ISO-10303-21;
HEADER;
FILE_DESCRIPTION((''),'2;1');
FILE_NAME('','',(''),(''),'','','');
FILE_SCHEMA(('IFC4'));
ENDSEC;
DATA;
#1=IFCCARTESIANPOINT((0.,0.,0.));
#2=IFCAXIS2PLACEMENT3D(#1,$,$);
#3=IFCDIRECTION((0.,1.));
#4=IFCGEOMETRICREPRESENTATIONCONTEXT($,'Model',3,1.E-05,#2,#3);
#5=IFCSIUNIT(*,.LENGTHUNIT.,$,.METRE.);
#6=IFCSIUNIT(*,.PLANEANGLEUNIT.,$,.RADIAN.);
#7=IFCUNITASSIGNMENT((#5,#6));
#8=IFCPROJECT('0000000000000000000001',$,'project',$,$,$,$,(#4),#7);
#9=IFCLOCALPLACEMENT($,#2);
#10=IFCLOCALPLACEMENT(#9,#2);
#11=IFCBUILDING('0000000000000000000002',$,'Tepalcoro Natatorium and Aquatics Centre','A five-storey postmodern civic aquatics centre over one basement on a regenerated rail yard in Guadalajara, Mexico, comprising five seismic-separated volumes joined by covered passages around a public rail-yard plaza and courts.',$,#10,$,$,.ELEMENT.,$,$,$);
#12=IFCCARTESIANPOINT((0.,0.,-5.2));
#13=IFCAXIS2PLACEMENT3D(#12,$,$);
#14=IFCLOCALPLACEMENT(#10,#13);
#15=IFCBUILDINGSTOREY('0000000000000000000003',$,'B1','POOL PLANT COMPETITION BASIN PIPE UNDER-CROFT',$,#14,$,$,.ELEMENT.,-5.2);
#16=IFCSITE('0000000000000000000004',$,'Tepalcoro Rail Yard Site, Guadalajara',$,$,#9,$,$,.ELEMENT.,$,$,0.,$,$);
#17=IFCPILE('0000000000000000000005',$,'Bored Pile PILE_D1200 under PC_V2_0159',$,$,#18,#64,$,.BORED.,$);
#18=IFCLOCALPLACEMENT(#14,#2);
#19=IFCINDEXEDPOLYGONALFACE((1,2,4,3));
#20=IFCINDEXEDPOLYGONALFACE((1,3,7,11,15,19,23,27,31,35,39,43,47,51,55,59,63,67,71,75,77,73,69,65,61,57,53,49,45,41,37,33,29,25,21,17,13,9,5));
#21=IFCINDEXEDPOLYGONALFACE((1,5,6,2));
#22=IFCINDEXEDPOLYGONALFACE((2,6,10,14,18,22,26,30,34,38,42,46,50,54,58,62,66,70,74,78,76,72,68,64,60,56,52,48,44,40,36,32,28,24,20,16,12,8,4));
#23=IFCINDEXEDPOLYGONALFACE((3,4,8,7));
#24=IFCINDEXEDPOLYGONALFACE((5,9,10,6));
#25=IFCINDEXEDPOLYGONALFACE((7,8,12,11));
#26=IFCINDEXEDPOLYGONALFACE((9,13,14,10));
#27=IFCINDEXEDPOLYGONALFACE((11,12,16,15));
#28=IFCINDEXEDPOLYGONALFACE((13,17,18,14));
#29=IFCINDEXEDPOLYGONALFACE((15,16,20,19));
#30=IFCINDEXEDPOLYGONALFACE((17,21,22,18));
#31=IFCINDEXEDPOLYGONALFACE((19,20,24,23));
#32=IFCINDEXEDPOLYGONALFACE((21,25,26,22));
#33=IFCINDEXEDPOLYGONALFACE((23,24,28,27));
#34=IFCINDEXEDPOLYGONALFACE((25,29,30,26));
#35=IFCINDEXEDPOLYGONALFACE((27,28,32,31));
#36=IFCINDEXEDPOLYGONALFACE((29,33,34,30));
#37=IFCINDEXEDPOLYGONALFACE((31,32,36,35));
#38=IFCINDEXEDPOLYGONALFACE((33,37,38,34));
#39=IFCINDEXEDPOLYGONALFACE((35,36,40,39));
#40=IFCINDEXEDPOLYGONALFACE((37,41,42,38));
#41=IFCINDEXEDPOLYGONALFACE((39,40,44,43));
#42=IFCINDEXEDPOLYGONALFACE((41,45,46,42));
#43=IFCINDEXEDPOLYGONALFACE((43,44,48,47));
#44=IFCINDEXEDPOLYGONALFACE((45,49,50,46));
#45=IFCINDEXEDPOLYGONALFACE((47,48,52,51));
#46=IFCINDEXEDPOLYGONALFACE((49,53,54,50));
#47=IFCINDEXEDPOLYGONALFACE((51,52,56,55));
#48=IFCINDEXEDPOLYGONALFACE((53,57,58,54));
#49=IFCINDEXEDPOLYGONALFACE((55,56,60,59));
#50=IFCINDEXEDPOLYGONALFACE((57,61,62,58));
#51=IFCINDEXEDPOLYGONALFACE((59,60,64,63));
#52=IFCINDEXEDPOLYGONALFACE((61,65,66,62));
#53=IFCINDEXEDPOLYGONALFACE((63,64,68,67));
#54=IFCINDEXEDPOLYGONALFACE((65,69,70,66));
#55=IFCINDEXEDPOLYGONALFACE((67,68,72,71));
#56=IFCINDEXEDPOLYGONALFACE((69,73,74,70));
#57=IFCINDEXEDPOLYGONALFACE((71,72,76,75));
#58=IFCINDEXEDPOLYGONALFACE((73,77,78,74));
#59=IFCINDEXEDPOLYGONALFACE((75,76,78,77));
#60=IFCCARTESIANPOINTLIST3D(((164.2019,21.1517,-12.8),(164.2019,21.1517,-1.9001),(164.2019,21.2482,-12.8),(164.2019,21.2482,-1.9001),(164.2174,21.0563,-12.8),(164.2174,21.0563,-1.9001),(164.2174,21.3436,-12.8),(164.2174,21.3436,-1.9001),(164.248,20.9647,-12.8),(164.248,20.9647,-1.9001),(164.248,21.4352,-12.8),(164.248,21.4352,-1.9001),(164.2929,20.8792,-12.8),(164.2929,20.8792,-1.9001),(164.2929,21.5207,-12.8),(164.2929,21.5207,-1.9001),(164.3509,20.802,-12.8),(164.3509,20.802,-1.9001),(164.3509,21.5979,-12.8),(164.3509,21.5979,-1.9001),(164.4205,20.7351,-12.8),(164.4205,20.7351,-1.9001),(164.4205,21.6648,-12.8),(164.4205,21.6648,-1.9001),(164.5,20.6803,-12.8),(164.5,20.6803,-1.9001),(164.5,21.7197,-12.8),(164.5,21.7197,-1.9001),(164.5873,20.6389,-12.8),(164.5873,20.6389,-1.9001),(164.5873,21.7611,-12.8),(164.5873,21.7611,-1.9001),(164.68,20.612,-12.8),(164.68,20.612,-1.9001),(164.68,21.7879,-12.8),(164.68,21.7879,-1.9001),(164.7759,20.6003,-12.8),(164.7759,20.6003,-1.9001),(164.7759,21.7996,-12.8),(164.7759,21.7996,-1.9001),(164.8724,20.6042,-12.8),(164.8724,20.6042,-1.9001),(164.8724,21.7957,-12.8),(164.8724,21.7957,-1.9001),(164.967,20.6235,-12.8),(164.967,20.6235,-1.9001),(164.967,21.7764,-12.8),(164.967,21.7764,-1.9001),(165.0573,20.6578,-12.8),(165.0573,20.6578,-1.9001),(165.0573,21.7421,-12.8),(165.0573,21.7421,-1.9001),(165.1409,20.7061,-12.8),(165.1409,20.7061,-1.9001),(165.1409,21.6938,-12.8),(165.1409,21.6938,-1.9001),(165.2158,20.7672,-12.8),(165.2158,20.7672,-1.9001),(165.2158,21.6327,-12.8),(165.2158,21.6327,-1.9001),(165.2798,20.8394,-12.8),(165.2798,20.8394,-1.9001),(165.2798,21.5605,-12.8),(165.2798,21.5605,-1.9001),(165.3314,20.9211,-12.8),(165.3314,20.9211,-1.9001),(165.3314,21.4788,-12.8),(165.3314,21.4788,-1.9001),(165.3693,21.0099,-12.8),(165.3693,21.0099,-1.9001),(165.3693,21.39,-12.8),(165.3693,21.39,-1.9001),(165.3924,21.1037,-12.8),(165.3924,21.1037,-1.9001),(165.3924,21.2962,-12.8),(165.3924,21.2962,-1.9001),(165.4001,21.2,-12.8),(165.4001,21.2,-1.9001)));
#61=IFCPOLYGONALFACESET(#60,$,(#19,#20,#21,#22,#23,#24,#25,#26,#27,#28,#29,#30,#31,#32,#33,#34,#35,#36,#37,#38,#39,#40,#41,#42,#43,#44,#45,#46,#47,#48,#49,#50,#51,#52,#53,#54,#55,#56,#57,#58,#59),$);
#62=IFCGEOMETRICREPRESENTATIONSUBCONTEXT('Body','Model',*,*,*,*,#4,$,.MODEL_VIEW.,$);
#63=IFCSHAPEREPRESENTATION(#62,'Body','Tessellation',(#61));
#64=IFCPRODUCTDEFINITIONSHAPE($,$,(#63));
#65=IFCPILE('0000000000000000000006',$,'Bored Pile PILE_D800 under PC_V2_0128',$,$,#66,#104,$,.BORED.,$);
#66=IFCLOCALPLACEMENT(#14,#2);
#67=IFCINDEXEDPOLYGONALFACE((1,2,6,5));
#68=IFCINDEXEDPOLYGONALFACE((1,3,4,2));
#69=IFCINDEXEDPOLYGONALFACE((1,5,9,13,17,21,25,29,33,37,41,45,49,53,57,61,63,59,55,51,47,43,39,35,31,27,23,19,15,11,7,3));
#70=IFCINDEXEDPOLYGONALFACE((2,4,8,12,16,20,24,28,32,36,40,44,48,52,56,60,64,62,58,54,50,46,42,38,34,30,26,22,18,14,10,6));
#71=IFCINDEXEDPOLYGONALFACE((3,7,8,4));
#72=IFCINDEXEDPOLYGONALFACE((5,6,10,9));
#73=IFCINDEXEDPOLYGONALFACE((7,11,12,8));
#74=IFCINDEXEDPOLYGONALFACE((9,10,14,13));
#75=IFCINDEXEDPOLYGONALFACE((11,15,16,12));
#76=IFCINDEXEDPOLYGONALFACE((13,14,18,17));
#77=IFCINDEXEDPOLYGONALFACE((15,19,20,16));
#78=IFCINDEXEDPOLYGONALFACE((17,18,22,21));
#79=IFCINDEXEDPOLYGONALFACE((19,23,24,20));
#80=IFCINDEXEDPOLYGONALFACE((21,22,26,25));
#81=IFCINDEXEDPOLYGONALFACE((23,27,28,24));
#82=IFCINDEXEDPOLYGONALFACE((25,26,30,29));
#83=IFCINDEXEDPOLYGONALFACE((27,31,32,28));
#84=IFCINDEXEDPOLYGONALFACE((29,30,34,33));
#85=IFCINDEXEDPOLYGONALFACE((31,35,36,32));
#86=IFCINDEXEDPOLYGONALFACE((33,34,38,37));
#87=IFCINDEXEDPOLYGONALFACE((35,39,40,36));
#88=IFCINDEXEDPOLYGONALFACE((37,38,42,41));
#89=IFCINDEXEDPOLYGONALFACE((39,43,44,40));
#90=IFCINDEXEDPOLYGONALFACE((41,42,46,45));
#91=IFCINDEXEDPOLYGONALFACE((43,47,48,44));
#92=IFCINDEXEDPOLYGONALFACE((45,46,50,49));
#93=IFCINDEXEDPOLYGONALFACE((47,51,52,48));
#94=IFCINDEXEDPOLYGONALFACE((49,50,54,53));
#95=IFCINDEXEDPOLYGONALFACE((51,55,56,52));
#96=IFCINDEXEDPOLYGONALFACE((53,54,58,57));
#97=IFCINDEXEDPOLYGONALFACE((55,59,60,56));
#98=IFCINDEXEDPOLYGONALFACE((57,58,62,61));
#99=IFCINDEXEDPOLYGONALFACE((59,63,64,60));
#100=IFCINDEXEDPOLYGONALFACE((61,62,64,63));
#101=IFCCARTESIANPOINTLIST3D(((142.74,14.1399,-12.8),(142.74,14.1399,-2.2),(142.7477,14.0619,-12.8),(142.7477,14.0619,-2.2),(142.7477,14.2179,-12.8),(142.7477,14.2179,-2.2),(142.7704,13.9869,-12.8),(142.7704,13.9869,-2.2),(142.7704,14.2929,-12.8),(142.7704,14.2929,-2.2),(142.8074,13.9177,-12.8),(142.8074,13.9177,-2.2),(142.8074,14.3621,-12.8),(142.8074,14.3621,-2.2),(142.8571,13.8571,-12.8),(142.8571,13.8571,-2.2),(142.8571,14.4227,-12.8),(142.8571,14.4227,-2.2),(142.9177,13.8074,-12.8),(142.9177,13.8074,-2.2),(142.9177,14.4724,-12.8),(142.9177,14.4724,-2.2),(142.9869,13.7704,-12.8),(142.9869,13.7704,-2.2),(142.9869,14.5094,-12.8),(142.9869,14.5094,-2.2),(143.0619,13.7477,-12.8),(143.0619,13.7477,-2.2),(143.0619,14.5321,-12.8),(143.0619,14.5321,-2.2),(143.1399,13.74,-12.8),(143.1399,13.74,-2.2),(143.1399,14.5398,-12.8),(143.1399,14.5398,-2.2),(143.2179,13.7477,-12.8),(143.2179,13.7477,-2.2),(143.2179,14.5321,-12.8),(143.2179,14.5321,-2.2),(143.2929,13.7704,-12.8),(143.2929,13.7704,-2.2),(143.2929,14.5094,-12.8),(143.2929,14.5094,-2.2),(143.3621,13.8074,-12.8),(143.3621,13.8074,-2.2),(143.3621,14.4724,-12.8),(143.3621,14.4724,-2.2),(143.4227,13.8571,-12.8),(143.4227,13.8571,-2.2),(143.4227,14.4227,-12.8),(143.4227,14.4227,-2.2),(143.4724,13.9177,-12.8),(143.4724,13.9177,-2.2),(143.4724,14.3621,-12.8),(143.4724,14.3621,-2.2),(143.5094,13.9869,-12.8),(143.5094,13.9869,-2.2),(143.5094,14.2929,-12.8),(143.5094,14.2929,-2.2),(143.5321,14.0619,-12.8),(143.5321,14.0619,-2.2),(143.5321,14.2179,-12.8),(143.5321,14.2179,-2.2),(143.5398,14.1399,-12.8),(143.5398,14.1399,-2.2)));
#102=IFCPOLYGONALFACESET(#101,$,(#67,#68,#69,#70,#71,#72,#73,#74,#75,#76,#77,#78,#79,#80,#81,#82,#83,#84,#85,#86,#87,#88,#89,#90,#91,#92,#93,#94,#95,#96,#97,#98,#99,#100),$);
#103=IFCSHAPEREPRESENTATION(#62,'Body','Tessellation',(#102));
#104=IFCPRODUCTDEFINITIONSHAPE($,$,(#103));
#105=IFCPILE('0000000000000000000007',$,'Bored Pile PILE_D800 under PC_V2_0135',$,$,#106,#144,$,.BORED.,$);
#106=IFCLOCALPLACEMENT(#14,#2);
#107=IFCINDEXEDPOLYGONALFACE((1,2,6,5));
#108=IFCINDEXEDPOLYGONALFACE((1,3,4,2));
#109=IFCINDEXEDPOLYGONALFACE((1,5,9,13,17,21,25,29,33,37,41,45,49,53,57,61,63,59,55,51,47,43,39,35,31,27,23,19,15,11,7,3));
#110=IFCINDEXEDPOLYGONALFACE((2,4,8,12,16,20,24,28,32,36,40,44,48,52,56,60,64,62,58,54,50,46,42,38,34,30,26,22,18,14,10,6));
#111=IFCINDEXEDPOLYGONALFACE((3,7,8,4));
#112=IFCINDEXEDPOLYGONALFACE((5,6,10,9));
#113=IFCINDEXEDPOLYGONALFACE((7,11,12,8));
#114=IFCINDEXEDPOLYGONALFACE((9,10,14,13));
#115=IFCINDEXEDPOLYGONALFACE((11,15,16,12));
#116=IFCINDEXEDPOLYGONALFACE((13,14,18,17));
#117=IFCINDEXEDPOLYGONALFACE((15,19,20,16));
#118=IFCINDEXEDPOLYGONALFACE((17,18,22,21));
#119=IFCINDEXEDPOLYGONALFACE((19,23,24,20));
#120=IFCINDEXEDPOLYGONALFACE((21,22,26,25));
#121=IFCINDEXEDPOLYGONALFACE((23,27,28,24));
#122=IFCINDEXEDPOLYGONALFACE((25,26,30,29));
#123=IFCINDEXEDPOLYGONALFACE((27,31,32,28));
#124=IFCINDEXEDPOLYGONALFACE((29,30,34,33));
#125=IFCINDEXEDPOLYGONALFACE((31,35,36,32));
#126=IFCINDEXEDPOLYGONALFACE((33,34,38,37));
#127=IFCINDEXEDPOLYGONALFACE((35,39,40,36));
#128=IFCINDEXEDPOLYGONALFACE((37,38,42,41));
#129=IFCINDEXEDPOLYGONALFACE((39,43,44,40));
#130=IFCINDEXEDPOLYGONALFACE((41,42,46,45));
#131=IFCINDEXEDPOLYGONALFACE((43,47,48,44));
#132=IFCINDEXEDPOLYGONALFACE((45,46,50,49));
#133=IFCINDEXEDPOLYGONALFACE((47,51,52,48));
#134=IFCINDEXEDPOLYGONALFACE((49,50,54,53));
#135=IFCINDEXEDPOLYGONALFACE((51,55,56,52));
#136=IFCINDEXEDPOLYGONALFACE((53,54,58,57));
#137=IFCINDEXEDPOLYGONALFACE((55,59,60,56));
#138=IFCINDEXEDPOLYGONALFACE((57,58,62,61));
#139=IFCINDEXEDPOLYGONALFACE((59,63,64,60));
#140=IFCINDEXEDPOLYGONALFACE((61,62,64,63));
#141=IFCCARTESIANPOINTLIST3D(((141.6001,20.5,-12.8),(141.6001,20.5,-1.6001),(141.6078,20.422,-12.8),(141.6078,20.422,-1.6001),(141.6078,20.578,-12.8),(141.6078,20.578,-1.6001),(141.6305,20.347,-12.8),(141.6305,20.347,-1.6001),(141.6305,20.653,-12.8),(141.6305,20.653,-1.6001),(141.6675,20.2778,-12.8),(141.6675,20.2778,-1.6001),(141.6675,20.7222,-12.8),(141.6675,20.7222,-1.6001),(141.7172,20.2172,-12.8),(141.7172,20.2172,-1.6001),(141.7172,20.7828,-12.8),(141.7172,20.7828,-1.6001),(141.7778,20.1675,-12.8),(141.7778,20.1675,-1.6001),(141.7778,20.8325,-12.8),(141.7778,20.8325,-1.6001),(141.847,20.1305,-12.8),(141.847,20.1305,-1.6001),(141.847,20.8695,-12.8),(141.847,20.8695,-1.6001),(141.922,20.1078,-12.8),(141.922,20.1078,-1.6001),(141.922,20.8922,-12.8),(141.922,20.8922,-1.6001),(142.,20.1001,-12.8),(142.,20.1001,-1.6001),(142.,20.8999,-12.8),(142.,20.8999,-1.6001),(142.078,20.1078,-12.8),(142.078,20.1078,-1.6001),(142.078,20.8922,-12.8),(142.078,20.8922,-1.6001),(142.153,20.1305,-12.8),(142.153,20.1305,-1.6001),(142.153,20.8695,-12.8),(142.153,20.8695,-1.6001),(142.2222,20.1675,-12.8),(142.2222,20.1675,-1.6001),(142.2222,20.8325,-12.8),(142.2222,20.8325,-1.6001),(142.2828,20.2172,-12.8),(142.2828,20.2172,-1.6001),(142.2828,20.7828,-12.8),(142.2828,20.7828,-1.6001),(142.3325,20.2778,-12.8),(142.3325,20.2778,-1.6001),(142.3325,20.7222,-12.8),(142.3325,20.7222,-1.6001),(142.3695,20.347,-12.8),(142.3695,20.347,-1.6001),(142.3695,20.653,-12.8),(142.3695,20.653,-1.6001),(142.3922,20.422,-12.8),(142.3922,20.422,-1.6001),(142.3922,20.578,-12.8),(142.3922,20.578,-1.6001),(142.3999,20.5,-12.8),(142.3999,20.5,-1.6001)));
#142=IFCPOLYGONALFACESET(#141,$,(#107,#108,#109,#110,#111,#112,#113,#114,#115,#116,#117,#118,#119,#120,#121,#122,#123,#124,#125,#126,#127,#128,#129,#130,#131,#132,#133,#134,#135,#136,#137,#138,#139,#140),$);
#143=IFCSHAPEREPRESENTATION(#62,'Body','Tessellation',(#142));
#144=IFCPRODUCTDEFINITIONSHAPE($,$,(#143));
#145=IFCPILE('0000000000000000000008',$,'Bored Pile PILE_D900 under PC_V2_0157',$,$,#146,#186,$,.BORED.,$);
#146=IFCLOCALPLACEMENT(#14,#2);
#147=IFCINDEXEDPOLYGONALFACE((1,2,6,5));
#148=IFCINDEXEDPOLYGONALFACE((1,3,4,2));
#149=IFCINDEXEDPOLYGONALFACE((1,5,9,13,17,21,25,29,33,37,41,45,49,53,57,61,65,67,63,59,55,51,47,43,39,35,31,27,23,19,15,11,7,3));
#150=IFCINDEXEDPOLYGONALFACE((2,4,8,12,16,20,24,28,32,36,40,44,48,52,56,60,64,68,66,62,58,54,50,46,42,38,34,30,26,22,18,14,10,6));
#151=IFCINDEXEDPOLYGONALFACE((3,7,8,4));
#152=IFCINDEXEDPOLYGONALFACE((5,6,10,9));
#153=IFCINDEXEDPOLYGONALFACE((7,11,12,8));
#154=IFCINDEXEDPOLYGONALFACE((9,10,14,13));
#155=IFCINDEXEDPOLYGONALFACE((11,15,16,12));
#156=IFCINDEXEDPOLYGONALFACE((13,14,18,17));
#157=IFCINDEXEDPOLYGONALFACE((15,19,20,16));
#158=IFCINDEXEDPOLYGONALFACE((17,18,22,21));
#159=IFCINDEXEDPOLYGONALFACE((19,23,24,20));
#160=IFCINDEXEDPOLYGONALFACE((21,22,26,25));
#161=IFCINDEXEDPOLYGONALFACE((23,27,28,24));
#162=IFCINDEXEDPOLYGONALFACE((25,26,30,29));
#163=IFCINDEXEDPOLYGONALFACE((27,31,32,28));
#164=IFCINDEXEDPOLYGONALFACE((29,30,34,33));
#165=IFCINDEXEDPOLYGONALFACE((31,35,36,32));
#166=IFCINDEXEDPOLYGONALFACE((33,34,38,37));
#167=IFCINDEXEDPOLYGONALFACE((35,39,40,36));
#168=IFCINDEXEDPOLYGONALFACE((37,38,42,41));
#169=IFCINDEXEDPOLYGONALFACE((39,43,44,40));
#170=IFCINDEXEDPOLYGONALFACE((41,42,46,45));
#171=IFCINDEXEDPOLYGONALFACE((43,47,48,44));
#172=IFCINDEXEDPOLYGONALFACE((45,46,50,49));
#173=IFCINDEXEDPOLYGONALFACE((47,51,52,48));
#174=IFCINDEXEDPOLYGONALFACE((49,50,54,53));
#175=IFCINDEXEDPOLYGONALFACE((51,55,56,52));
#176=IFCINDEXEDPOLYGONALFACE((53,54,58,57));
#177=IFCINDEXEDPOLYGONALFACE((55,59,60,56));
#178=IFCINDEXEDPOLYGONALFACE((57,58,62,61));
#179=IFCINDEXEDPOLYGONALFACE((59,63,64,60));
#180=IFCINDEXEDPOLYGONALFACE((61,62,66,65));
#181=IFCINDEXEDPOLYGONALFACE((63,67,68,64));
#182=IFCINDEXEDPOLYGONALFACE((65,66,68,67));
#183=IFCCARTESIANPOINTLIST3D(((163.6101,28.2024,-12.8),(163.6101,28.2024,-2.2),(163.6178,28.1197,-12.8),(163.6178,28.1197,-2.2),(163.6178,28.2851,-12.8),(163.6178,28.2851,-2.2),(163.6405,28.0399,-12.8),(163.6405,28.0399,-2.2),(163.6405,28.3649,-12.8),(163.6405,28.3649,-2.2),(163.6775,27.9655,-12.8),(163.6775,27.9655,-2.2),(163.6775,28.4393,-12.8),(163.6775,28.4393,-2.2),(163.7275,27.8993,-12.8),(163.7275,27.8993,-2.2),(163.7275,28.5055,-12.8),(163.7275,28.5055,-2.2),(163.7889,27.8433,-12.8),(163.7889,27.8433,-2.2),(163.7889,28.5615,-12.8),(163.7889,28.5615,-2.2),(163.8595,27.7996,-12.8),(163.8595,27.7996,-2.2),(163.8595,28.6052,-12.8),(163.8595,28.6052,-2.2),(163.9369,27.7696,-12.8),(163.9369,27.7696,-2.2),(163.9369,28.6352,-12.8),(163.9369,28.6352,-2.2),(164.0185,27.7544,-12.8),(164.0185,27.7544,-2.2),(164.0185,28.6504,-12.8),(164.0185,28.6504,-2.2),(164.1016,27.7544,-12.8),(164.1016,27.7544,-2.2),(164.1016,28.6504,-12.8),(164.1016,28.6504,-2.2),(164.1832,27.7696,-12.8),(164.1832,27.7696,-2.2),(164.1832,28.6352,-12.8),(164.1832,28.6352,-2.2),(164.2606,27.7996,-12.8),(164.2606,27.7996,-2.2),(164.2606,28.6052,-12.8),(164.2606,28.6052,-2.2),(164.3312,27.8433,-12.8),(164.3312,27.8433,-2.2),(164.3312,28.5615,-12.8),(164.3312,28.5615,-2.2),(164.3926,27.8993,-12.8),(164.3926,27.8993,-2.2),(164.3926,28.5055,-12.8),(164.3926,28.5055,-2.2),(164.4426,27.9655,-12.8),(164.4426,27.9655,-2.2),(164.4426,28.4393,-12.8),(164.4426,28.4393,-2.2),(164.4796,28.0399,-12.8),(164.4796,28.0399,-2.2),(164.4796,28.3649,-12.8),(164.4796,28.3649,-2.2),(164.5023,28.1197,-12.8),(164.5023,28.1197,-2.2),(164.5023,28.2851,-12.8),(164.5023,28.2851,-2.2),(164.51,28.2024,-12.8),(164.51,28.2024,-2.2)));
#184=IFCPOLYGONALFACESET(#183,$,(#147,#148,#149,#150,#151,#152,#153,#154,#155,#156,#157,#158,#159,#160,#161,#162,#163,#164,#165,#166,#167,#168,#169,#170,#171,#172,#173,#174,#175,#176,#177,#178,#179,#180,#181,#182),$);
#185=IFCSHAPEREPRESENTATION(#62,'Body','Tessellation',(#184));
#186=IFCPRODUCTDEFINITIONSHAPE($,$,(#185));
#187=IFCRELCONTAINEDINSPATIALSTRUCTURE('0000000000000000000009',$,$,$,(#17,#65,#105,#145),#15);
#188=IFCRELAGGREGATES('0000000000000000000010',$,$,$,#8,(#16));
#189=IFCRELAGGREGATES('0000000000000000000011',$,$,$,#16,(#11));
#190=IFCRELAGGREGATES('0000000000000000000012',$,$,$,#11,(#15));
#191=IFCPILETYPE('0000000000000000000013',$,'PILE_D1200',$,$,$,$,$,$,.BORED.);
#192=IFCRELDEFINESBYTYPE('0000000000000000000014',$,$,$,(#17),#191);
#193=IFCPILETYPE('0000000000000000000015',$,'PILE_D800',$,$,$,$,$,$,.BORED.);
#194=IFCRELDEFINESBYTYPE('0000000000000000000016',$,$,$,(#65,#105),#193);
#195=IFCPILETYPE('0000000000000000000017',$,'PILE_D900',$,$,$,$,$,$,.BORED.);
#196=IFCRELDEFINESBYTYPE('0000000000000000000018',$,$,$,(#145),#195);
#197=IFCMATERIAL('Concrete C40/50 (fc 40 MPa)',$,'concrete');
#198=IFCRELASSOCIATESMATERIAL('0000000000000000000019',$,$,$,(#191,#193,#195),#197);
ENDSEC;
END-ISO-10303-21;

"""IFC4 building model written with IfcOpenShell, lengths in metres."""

from ifc_helpers import new_model, si_unit, direction, frame, origin, origin_2d, place, context, subcontext, project, spatial, circle, extrude, material, material_profile, profile_set, type_object, element, save


model = new_model("IFC4")

# Units and contexts
model_context = context("Model", 3, precision=1e-05, world=origin(), true_north=direction((0.0, 1.0)))
body_context = subcontext(model_context, "Body", "Model", "MODEL_VIEW")
ifc_project = project(units=[si_unit("LENGTHUNIT", "METRE"), si_unit("PLANEANGLEUNIT", "RADIAN")], contexts=[model_context])

# Site, building, storey
site_placement = place(None, origin())
site = spatial("IfcSite", under=ifc_project, at=site_placement, Name="Tepalcoro Rail Yard Site, Guadalajara", CompositionType="ELEMENT", RefElevation=0.0)
building_placement = place(site_placement, origin())
building = spatial("IfcBuilding", under=site, at=building_placement, Name="Tepalcoro Natatorium and Aquatics Centre", Description="A five-storey postmodern civic aquatics centre over one basement on a regenerated rail yard in Guadalajara, Mexico, comprising five seismic-separated volumes joined by covered passages around a public rail-yard plaza and courts.", CompositionType="ELEMENT")
storey_placement = place(building_placement, frame((0.0, 0.0, -5.2)))
storey = spatial("IfcBuildingStorey", under=building, at=storey_placement, Name="B1", Description="POOL PLANT COMPETITION BASIN PIPE UNDER-CROFT", CompositionType="ELEMENT", Elevation=-5.2)

# Piles
ifc_material_1 = material(Name="Concrete C40/50 (fc 40 MPa)", Category="concrete")
ifc_material_profile_1 = material_profile(ifc_material_1, circle(Radius=0.6001, at=origin_2d()), Name="PILE_D1200")
ifc_profile_set_1 = profile_set([ifc_material_profile_1], Name="Concrete C40/50 (fc 40 MPa)")
pile_type_1 = type_object("IfcPileType", Name="PILE_D1200", PredefinedType="BORED", material=ifc_profile_set_1)
pile_1_placement = place(storey_placement, frame((164.8, 21.2, -1.9001), z_axis=(0.0, 0.0, -1.0), x_axis=(1.0, 0.0, 0.0)))
element("IfcPile", 1, at=pile_1_placement, inside=storey, type_object=pile_type_1, Name="Bored Pile PILE_D1200 under PC_V2_0159", PredefinedType="BORED", context=body_context, shape_type="SweptSolid", body=[
    extrude(circle(Radius=0.6001, at=origin_2d()), origin(), (0.0, 0.0, 1.0), 10.8999),
])
ifc_material_profile_2 = material_profile(ifc_material_1, circle(Radius=0.3999, at=origin_2d()), Name="PILE_D800")
ifc_profile_set_2 = profile_set([ifc_material_profile_2], Name="Concrete C40/50 (fc 40 MPa)")
pile_type_2 = type_object("IfcPileType", Name="PILE_D800", PredefinedType="BORED", material=ifc_profile_set_2)
pile_2_placement = place(storey_placement, frame((143.1399, 14.1399, -2.2), z_axis=(0.0, 0.0, -1.0), x_axis=(1.0, 0.0, 0.0)))
element("IfcPile", 2, at=pile_2_placement, inside=storey, type_object=pile_type_2, Name="Bored Pile PILE_D800 under PC_V2_0128", PredefinedType="BORED", context=body_context, shape_type="SweptSolid", body=[
    extrude(circle(Radius=0.3999, at=origin_2d()), origin(), (0.0, 0.0, 1.0), 10.6001),
])
pile_3_placement = place(storey_placement, frame((142.0, 20.5, -1.6001), z_axis=(0.0, 0.0, -1.0), x_axis=(1.0, 0.0, 0.0)))
element("IfcPile", 3, at=pile_3_placement, inside=storey, type_object=pile_type_2, Name="Bored Pile PILE_D800 under PC_V2_0135", PredefinedType="BORED", context=body_context, shape_type="SweptSolid", body=[
    extrude(circle(Radius=0.3999, at=origin_2d()), origin(), (0.0, 0.0, 1.0), 11.2),
])
ifc_material_profile_3 = material_profile(ifc_material_1, circle(Radius=0.45, at=origin_2d()), Name="PILE_D900")
ifc_profile_set_3 = profile_set([ifc_material_profile_3], Name="Concrete C40/50 (fc 40 MPa)")
pile_type_3 = type_object("IfcPileType", Name="PILE_D900", PredefinedType="BORED", material=ifc_profile_set_3)
for number, where, z_axis, x_axis, name in (
    (4, (164.0601, 28.2024, -2.2), (0.0, 0.0, -1.0), (1.0, 0.0, 0.0), "Bored Pile PILE_D900 under PC_V2_0157"),
):
    element("IfcPile", number, at=place(storey_placement, frame(where, z_axis=z_axis, x_axis=x_axis)), inside=storey, type_object=pile_type_3, Name=name, PredefinedType="BORED", context=body_context, shape_type="SweptSolid", body=[
        extrude(circle(Radius=0.45, at=origin_2d()), origin(), (0.0, 0.0, 1.0), 10.6001),
    ])

save(model, "model.ifc")
